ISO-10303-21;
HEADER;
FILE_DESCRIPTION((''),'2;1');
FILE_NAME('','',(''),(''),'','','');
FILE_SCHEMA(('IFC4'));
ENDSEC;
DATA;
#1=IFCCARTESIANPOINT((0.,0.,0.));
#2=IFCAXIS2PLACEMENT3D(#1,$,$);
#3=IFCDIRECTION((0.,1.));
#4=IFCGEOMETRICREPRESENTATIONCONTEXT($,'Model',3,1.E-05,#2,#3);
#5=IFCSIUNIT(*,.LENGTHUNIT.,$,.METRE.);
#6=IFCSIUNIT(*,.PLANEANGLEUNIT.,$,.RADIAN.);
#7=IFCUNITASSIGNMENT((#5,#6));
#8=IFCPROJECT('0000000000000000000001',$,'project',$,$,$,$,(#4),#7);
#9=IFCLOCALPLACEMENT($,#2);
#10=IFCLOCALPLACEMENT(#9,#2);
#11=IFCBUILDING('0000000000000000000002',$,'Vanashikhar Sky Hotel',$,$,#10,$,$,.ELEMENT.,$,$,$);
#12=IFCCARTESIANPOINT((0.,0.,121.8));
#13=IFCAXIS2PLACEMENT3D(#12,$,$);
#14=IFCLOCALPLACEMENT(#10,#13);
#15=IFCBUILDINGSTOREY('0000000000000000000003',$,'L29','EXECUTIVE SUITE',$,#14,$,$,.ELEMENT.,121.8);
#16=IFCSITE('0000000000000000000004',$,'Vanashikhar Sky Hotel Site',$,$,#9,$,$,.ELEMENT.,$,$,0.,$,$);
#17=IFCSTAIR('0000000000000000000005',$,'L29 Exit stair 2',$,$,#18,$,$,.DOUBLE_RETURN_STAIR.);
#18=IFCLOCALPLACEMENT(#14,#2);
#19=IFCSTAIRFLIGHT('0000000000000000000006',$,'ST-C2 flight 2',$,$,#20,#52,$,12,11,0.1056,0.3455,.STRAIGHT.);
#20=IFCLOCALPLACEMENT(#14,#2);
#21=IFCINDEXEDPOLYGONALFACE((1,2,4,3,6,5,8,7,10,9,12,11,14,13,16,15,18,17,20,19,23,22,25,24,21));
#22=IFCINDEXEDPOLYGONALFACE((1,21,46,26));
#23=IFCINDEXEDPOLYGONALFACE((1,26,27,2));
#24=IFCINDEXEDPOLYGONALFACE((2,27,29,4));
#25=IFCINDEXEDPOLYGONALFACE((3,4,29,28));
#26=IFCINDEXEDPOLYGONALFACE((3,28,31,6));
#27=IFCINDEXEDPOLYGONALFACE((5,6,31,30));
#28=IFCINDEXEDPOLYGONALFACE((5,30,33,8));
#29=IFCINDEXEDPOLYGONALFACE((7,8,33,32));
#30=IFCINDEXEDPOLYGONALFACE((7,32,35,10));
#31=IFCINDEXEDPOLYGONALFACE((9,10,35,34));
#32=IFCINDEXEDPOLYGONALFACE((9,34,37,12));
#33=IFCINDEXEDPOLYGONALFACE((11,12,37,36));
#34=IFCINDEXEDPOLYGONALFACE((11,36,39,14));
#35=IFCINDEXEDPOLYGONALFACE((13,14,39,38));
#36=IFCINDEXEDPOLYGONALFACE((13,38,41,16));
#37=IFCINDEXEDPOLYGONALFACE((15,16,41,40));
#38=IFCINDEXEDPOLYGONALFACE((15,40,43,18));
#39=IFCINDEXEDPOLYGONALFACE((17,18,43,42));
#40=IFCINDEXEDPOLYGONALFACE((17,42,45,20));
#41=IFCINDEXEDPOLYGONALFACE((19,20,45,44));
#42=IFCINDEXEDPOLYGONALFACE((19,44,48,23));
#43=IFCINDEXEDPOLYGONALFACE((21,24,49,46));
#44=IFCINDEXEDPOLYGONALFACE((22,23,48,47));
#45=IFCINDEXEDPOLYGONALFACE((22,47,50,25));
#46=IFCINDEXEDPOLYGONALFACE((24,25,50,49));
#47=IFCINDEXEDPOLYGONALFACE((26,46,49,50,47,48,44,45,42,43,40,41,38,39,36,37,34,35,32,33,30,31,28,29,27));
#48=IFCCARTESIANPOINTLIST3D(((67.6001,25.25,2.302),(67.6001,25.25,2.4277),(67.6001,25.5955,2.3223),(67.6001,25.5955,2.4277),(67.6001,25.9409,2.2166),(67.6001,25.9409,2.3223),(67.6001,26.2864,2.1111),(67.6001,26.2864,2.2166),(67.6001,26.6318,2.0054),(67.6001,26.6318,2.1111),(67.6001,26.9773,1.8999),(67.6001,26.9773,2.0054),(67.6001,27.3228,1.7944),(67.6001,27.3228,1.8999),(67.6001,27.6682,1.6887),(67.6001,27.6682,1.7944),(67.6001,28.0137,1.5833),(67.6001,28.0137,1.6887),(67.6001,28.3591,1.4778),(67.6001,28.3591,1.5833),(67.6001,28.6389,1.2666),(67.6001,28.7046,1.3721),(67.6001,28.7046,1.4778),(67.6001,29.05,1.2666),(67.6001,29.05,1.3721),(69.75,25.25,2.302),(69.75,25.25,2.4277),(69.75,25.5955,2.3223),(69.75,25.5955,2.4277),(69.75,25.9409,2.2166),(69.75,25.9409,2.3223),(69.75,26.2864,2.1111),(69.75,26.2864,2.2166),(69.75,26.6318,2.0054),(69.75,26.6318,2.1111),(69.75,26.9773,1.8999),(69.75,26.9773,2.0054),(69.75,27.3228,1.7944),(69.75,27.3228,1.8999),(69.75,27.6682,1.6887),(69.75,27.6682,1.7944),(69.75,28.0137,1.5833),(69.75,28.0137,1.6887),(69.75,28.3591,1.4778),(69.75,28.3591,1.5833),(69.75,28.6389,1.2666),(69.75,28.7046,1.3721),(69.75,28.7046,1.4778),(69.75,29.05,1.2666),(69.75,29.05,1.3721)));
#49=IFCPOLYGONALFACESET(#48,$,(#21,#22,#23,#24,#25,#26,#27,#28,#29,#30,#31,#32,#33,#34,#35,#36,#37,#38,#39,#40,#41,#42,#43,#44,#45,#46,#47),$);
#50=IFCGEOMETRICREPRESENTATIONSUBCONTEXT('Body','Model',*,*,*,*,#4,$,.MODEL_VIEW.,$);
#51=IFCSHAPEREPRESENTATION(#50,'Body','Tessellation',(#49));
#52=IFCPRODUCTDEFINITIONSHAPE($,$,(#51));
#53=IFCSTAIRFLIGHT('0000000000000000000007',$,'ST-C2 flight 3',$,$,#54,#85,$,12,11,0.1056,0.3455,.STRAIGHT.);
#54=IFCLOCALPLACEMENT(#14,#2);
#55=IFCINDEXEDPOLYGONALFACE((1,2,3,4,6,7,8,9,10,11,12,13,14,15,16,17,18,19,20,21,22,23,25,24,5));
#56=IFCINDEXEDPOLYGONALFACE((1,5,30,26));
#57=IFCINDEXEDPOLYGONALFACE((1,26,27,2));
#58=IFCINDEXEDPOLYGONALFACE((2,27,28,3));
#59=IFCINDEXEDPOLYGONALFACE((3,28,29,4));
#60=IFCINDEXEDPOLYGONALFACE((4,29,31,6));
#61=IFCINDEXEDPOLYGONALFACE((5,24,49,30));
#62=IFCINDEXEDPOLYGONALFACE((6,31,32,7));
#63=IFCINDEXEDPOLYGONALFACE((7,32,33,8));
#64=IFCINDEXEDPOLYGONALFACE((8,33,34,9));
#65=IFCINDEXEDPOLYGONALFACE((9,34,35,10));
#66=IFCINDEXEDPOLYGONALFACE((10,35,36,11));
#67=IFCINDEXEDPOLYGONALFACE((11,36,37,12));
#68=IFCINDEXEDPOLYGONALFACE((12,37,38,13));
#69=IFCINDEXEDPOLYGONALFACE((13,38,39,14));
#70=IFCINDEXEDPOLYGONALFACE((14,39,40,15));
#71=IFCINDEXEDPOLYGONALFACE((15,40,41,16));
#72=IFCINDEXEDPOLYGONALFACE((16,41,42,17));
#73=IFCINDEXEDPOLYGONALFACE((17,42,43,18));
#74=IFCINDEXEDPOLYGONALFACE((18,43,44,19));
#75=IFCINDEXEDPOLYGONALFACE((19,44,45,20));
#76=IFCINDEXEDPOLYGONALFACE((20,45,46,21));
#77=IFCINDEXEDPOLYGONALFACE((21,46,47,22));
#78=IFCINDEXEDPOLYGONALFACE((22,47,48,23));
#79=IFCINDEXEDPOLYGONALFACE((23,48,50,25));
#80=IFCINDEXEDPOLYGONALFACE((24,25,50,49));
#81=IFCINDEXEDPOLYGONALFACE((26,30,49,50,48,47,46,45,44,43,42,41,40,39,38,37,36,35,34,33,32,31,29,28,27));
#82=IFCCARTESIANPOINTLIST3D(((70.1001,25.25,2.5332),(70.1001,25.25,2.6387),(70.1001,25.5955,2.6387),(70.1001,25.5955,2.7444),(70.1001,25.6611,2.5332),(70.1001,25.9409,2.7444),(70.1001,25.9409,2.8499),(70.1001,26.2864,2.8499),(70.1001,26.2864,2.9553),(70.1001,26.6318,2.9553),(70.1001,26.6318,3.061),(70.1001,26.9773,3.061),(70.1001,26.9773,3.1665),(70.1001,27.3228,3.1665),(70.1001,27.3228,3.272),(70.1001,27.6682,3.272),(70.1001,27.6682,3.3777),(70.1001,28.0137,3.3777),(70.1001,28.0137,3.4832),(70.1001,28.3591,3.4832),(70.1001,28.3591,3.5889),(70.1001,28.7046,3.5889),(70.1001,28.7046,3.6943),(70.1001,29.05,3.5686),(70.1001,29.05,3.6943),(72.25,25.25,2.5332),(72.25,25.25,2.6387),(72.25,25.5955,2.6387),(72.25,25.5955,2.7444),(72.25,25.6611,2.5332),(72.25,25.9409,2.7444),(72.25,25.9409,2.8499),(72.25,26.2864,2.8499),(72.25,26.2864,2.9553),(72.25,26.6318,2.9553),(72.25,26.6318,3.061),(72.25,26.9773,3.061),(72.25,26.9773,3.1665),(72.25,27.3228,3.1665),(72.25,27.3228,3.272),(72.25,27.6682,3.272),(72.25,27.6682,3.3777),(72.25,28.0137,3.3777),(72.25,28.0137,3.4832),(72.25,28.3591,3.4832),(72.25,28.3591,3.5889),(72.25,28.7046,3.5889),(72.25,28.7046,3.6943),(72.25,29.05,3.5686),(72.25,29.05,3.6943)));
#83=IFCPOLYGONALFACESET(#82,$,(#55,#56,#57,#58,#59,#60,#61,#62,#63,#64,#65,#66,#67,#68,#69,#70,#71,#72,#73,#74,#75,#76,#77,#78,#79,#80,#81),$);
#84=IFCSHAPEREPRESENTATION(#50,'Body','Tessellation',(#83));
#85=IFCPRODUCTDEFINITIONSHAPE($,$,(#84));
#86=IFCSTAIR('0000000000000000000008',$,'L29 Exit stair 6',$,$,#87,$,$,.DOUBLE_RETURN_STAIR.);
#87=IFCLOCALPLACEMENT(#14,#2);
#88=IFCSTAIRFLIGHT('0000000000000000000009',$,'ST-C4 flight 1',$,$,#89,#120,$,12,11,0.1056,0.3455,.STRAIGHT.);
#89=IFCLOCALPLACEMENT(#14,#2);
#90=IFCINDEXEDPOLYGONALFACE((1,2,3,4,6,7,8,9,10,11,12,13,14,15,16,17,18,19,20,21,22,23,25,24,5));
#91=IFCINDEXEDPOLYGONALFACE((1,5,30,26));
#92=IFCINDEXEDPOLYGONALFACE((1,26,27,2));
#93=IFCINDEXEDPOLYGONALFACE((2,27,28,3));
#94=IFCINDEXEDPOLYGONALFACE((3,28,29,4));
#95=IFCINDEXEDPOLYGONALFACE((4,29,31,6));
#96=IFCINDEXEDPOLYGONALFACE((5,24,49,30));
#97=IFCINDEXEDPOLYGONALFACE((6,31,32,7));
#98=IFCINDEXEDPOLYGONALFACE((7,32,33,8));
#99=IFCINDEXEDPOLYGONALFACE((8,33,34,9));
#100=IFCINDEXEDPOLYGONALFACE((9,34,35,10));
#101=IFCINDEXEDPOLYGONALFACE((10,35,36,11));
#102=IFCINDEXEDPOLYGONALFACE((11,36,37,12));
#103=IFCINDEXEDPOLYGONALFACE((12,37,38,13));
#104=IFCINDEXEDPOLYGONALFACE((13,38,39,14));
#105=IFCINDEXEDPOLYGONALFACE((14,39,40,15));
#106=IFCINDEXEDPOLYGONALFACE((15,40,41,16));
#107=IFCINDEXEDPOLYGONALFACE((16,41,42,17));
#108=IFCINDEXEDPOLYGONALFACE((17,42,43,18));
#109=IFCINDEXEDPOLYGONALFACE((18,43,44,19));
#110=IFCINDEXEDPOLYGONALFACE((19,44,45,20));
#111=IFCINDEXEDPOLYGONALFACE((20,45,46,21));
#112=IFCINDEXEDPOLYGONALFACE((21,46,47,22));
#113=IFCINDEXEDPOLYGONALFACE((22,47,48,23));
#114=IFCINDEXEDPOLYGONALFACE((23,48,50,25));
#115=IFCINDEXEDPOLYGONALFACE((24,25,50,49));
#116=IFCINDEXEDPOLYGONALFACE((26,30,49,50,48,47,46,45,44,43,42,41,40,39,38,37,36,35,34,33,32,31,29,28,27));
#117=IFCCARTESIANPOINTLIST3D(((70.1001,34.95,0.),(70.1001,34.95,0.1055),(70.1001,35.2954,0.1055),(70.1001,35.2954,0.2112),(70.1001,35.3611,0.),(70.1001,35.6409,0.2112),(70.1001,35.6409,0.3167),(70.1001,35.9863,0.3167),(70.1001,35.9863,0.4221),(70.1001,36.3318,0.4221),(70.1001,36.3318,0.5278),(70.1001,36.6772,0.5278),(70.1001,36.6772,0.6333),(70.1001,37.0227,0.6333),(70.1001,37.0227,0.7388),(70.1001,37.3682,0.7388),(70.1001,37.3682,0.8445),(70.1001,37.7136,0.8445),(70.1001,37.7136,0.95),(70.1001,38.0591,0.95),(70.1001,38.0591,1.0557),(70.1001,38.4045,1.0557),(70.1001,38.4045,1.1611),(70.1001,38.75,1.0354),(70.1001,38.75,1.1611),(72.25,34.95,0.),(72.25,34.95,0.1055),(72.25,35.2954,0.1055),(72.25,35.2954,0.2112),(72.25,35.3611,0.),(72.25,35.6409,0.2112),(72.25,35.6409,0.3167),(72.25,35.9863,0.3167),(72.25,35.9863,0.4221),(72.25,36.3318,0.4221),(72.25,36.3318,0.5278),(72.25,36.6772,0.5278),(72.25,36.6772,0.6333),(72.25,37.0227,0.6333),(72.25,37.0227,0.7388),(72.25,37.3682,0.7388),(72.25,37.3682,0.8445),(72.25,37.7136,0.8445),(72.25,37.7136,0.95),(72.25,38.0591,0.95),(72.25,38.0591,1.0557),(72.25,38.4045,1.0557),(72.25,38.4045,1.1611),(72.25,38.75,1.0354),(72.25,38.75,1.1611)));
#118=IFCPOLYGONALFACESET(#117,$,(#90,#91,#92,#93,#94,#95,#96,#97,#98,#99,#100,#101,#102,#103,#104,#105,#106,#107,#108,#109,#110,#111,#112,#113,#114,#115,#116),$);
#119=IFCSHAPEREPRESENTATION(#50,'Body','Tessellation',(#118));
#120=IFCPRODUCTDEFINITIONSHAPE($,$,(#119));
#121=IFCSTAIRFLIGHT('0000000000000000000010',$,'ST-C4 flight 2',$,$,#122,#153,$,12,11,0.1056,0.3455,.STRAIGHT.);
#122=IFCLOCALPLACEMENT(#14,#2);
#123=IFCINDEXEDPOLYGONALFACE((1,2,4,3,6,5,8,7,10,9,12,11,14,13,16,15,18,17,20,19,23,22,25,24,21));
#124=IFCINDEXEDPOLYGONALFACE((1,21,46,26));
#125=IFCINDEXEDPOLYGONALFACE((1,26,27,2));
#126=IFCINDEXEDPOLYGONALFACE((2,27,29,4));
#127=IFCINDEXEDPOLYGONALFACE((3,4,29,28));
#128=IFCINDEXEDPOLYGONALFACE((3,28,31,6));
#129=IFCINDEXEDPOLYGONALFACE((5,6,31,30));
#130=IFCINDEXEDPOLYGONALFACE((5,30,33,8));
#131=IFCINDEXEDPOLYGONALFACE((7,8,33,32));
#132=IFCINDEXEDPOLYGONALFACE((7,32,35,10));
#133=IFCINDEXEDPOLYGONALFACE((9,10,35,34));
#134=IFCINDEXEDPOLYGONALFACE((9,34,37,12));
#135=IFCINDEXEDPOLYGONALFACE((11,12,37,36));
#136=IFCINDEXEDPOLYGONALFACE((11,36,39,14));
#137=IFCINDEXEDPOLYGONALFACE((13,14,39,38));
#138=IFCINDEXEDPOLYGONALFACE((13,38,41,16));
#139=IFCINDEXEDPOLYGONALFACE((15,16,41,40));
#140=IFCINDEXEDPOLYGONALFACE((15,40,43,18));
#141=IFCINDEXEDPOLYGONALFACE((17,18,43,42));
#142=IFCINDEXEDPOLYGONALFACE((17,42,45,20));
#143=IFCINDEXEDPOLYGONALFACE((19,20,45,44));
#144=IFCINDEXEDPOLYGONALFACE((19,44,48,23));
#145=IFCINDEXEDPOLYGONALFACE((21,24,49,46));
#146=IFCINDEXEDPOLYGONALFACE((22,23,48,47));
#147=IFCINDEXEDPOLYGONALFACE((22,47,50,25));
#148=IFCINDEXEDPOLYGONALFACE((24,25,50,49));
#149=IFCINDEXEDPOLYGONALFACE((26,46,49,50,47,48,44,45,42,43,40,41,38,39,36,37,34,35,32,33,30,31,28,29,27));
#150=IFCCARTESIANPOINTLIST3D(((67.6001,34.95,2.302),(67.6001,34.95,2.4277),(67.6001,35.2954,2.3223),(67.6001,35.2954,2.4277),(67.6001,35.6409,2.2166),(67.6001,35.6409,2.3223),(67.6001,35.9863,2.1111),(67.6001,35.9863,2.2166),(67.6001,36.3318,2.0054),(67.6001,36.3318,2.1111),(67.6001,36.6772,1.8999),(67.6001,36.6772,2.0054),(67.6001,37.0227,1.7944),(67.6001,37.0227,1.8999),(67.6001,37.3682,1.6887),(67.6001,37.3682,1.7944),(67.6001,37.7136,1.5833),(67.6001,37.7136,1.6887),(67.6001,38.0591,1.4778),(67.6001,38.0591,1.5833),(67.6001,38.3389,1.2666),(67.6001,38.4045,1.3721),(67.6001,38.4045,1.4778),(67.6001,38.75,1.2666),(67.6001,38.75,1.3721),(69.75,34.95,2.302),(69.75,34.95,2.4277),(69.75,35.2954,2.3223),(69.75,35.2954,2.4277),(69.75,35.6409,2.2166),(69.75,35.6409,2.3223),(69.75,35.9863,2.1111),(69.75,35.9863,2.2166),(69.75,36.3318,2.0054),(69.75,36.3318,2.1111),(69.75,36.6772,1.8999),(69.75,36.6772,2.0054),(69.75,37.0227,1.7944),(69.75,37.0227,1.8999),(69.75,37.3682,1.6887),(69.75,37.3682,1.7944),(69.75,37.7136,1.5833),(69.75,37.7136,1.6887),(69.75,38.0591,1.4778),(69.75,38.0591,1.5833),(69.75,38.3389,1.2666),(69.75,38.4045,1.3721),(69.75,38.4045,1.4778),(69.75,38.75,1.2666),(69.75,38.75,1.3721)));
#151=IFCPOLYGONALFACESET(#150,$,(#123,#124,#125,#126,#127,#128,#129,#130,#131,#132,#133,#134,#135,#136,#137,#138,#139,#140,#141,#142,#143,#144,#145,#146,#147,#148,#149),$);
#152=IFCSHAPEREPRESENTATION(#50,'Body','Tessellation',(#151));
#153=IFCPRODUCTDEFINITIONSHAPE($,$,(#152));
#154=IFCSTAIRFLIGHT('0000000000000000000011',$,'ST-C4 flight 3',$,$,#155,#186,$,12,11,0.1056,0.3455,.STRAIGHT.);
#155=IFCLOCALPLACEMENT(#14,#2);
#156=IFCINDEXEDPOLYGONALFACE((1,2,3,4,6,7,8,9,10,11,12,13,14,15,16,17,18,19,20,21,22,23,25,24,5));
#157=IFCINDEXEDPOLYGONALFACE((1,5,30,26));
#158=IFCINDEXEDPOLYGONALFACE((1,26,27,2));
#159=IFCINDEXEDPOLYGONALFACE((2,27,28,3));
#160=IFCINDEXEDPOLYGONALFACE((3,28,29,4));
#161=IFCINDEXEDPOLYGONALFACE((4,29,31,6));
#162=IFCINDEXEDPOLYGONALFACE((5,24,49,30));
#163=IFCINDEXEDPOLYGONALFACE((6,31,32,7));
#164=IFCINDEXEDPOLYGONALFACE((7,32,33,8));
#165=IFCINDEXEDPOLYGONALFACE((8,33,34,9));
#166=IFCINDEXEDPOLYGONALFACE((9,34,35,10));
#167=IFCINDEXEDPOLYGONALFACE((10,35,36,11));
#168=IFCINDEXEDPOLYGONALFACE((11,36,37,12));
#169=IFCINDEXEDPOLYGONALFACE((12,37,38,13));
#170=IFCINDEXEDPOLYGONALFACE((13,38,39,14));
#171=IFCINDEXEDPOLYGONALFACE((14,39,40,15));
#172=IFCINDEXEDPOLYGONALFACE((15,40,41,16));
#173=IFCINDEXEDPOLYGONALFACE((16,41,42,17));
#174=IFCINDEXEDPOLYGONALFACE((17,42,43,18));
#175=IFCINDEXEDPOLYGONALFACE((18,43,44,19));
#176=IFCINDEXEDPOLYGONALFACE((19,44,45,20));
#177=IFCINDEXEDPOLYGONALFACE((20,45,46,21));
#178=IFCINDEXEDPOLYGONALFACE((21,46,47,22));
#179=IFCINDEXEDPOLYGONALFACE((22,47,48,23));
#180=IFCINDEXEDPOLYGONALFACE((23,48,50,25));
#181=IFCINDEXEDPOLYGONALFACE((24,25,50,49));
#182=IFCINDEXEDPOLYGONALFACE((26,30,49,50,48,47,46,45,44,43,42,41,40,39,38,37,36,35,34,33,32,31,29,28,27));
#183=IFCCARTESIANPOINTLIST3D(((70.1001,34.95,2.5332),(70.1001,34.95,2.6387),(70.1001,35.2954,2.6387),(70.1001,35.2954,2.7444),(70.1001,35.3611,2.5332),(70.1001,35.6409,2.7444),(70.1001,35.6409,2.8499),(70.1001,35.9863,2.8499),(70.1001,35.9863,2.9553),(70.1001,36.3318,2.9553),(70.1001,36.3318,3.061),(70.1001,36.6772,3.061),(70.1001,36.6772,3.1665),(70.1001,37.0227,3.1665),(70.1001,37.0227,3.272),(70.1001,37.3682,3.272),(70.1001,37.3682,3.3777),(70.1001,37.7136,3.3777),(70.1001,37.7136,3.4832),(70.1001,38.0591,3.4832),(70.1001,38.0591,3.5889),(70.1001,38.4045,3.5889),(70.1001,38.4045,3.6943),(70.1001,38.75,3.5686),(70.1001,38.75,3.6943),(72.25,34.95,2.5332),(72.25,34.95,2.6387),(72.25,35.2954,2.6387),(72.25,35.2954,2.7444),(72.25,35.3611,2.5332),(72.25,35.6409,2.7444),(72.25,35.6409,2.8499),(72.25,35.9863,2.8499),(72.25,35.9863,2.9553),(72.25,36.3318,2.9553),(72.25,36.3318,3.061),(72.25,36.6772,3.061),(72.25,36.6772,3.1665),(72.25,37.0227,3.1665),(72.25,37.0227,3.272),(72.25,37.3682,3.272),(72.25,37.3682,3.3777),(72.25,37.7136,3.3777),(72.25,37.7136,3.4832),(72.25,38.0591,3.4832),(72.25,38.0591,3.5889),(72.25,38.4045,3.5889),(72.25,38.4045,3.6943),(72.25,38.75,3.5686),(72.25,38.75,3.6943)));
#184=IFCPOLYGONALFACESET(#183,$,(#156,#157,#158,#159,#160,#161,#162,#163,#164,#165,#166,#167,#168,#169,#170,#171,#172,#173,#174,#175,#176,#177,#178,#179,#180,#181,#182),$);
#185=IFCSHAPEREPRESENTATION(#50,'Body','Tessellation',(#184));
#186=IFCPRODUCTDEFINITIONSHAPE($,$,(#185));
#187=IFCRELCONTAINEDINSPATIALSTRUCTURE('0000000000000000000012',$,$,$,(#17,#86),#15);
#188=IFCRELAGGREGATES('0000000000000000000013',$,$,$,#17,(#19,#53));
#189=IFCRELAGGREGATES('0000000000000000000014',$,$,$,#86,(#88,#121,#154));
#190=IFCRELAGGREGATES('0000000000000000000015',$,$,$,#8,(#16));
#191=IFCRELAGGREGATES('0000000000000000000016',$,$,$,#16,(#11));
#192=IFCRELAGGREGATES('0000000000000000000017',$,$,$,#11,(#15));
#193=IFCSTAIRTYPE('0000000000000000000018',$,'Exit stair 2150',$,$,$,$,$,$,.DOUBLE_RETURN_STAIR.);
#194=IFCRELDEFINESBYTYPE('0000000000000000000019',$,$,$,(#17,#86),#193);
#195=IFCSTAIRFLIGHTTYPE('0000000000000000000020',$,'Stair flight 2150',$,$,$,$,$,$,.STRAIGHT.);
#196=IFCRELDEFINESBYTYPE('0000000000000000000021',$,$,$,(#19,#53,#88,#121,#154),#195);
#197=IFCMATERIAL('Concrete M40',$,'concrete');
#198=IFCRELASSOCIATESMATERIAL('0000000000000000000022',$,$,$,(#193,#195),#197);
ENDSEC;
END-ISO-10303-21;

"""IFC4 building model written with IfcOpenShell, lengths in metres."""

from ifc_helpers import new_model, si_unit, direction, frame, origin, place, context, subcontext, project, spatial, polyline, outline, extrude, source, transform, mapped, material, type_object, element, aggregate, save


model = new_model("IFC4")

# Units and contexts
model_context = context("Model", 3, precision=1e-05, world=origin(), true_north=direction((0.0, 1.0)))
body_context = subcontext(model_context, "Body", "Model", "MODEL_VIEW")
ifc_project = project(units=[si_unit("LENGTHUNIT", "METRE"), si_unit("PLANEANGLEUNIT", "RADIAN")], contexts=[model_context])

# Site, building, storey
site_placement = place(None, origin())
site = spatial("IfcSite", under=ifc_project, at=site_placement, Name="Vanashikhar Sky Hotel Site", CompositionType="ELEMENT", RefElevation=0.0)
building_placement = place(site_placement, origin())
building = spatial("IfcBuilding", under=site, at=building_placement, Name="Vanashikhar Sky Hotel", CompositionType="ELEMENT")
storey_placement = place(building_placement, frame((0.0, 0.0, 121.8)))
storey = spatial("IfcBuildingStorey", under=building, at=storey_placement, Name="L29", Description="EXECUTIVE SUITE", CompositionType="ELEMENT", Elevation=121.8)

# Stairs, stair flights
ifc_material_1 = material(Name="Concrete M40", Category="concrete")
stair_type = type_object("IfcStairType", Name="Exit stair 2150", PredefinedType="DOUBLE_RETURN_STAIR", material=ifc_material_1)
stair_1_placement = place(storey_placement, origin())
stair_1 = element("IfcStair", 1, at=stair_1_placement, inside=storey, type_object=stair_type, Name="L29 Exit stair 2", PredefinedType="DOUBLE_RETURN_STAIR")
stair_flight_type = type_object("IfcStairFlightType", Name="Stair flight 2150", PredefinedType="STRAIGHT", material=ifc_material_1)
shared_shape_1 = source(origin(), body_context, "Body", "SweptSolid", [
    extrude(outline(polyline([(0.0, 0.0), (0.0, 0.1055), (0.3455, 0.1055), (0.3455, 0.2112), (0.6909, 0.2112), (0.6909, 0.3167), (1.0364, 0.3167), (1.0364, 0.4221), (1.3818, 0.4221), (1.3818, 0.5278), (1.7273, 0.5278), (1.7273, 0.6333), (2.0728, 0.6333), (2.0728, 0.7388), (2.4182, 0.7388), (2.4182, 0.8445), (2.7637, 0.8445), (2.7637, 0.95), (3.1091, 0.95), (3.1091, 1.0557), (3.4546, 1.0557), (3.4546, 1.1611), (3.8, 1.1611), (3.8, 1.2666), (3.8, 1.0354), (0.4111, 0.0), (0.0, 0.0)])), frame((0.0, 1.075, 0.0), z_axis=(0.0, -1.0, 0.0), x_axis=(1.0, 0.0, 0.0)), (0.0, 0.0, 1.0), 2.1499),
])
stair_flight_1_placement = place(storey_placement, frame((68.675, 29.05, 1.2666), z_axis=(0.0, 0.0, 1.0), x_axis=(0.0, -1.0, 0.0)))
stair_flight_1 = element("IfcStairFlight", 2, at=stair_flight_1_placement, type_object=stair_flight_type, Name="ST-C2 flight 2", NumberOfRisers=12, NumberOfTreads=11, PredefinedType="STRAIGHT", RiserHeight=0.1056, TreadLength=0.3455, context=body_context, shape_type="MappedRepresentation", body=[
    mapped(shared_shape_1, transform((0.0, 0.0, 0.0), scale=1.0)),
])
stair_flight_2_placement = place(storey_placement, frame((71.175, 25.25, 2.5332), z_axis=(0.0, 0.0, 1.0), x_axis=(0.0, 1.0, 0.0)))
stair_flight_2 = element("IfcStairFlight", 3, at=stair_flight_2_placement, type_object=stair_flight_type, Name="ST-C2 flight 3", NumberOfRisers=12, NumberOfTreads=11, PredefinedType="STRAIGHT", RiserHeight=0.1056, TreadLength=0.3455, context=body_context, shape_type="MappedRepresentation", body=[
    mapped(shared_shape_1, transform((0.0, 0.0, 0.0), scale=1.0)),
])
aggregate(stair_1, [stair_flight_1, stair_flight_2])
stair_2_placement = place(storey_placement, origin())
stair_2 = element("IfcStair", 4, at=stair_2_placement, inside=storey, type_object=stair_type, Name="L29 Exit stair 6", PredefinedType="DOUBLE_RETURN_STAIR")
stair_flight_3_placement = place(storey_placement, frame((71.175, 34.95, 0.0), z_axis=(0.0, 0.0, 1.0), x_axis=(0.0, 1.0, 0.0)))
stair_flight_3 = element("IfcStairFlight", 5, at=stair_flight_3_placement, type_object=stair_flight_type, Name="ST-C4 flight 1", NumberOfRisers=12, NumberOfTreads=11, PredefinedType="STRAIGHT", RiserHeight=0.1056, TreadLength=0.3455, context=body_context, shape_type="MappedRepresentation", body=[
    mapped(shared_shape_1, transform((0.0, 0.0, 0.0), scale=1.0)),
])
stair_flight_4_placement = place(storey_placement, frame((68.675, 38.75, 1.2666), z_axis=(0.0, 0.0, 1.0), x_axis=(0.0, -1.0, 0.0)))
stair_flight_4 = element("IfcStairFlight", 6, at=stair_flight_4_placement, type_object=stair_flight_type, Name="ST-C4 flight 2", NumberOfRisers=12, NumberOfTreads=11, PredefinedType="STRAIGHT", RiserHeight=0.1056, TreadLength=0.3455, context=body_context, shape_type="MappedRepresentation", body=[
    mapped(shared_shape_1, transform((0.0, 0.0, 0.0), scale=1.0)),
])
stair_flight_5_placement = place(storey_placement, frame((71.175, 34.95, 2.5332), z_axis=(0.0, 0.0, 1.0), x_axis=(0.0, 1.0, 0.0)))
stair_flight_5 = element("IfcStairFlight", 7, at=stair_flight_5_placement, type_object=stair_flight_type, Name="ST-C4 flight 3", NumberOfRisers=12, NumberOfTreads=11, PredefinedType="STRAIGHT", RiserHeight=0.1056, TreadLength=0.3455, context=body_context, shape_type="MappedRepresentation", body=[
    mapped(shared_shape_1, transform((0.0, 0.0, 0.0), scale=1.0)),
])
aggregate(stair_2, [stair_flight_3, stair_flight_4, stair_flight_5])

save(model, "model.ifc")
